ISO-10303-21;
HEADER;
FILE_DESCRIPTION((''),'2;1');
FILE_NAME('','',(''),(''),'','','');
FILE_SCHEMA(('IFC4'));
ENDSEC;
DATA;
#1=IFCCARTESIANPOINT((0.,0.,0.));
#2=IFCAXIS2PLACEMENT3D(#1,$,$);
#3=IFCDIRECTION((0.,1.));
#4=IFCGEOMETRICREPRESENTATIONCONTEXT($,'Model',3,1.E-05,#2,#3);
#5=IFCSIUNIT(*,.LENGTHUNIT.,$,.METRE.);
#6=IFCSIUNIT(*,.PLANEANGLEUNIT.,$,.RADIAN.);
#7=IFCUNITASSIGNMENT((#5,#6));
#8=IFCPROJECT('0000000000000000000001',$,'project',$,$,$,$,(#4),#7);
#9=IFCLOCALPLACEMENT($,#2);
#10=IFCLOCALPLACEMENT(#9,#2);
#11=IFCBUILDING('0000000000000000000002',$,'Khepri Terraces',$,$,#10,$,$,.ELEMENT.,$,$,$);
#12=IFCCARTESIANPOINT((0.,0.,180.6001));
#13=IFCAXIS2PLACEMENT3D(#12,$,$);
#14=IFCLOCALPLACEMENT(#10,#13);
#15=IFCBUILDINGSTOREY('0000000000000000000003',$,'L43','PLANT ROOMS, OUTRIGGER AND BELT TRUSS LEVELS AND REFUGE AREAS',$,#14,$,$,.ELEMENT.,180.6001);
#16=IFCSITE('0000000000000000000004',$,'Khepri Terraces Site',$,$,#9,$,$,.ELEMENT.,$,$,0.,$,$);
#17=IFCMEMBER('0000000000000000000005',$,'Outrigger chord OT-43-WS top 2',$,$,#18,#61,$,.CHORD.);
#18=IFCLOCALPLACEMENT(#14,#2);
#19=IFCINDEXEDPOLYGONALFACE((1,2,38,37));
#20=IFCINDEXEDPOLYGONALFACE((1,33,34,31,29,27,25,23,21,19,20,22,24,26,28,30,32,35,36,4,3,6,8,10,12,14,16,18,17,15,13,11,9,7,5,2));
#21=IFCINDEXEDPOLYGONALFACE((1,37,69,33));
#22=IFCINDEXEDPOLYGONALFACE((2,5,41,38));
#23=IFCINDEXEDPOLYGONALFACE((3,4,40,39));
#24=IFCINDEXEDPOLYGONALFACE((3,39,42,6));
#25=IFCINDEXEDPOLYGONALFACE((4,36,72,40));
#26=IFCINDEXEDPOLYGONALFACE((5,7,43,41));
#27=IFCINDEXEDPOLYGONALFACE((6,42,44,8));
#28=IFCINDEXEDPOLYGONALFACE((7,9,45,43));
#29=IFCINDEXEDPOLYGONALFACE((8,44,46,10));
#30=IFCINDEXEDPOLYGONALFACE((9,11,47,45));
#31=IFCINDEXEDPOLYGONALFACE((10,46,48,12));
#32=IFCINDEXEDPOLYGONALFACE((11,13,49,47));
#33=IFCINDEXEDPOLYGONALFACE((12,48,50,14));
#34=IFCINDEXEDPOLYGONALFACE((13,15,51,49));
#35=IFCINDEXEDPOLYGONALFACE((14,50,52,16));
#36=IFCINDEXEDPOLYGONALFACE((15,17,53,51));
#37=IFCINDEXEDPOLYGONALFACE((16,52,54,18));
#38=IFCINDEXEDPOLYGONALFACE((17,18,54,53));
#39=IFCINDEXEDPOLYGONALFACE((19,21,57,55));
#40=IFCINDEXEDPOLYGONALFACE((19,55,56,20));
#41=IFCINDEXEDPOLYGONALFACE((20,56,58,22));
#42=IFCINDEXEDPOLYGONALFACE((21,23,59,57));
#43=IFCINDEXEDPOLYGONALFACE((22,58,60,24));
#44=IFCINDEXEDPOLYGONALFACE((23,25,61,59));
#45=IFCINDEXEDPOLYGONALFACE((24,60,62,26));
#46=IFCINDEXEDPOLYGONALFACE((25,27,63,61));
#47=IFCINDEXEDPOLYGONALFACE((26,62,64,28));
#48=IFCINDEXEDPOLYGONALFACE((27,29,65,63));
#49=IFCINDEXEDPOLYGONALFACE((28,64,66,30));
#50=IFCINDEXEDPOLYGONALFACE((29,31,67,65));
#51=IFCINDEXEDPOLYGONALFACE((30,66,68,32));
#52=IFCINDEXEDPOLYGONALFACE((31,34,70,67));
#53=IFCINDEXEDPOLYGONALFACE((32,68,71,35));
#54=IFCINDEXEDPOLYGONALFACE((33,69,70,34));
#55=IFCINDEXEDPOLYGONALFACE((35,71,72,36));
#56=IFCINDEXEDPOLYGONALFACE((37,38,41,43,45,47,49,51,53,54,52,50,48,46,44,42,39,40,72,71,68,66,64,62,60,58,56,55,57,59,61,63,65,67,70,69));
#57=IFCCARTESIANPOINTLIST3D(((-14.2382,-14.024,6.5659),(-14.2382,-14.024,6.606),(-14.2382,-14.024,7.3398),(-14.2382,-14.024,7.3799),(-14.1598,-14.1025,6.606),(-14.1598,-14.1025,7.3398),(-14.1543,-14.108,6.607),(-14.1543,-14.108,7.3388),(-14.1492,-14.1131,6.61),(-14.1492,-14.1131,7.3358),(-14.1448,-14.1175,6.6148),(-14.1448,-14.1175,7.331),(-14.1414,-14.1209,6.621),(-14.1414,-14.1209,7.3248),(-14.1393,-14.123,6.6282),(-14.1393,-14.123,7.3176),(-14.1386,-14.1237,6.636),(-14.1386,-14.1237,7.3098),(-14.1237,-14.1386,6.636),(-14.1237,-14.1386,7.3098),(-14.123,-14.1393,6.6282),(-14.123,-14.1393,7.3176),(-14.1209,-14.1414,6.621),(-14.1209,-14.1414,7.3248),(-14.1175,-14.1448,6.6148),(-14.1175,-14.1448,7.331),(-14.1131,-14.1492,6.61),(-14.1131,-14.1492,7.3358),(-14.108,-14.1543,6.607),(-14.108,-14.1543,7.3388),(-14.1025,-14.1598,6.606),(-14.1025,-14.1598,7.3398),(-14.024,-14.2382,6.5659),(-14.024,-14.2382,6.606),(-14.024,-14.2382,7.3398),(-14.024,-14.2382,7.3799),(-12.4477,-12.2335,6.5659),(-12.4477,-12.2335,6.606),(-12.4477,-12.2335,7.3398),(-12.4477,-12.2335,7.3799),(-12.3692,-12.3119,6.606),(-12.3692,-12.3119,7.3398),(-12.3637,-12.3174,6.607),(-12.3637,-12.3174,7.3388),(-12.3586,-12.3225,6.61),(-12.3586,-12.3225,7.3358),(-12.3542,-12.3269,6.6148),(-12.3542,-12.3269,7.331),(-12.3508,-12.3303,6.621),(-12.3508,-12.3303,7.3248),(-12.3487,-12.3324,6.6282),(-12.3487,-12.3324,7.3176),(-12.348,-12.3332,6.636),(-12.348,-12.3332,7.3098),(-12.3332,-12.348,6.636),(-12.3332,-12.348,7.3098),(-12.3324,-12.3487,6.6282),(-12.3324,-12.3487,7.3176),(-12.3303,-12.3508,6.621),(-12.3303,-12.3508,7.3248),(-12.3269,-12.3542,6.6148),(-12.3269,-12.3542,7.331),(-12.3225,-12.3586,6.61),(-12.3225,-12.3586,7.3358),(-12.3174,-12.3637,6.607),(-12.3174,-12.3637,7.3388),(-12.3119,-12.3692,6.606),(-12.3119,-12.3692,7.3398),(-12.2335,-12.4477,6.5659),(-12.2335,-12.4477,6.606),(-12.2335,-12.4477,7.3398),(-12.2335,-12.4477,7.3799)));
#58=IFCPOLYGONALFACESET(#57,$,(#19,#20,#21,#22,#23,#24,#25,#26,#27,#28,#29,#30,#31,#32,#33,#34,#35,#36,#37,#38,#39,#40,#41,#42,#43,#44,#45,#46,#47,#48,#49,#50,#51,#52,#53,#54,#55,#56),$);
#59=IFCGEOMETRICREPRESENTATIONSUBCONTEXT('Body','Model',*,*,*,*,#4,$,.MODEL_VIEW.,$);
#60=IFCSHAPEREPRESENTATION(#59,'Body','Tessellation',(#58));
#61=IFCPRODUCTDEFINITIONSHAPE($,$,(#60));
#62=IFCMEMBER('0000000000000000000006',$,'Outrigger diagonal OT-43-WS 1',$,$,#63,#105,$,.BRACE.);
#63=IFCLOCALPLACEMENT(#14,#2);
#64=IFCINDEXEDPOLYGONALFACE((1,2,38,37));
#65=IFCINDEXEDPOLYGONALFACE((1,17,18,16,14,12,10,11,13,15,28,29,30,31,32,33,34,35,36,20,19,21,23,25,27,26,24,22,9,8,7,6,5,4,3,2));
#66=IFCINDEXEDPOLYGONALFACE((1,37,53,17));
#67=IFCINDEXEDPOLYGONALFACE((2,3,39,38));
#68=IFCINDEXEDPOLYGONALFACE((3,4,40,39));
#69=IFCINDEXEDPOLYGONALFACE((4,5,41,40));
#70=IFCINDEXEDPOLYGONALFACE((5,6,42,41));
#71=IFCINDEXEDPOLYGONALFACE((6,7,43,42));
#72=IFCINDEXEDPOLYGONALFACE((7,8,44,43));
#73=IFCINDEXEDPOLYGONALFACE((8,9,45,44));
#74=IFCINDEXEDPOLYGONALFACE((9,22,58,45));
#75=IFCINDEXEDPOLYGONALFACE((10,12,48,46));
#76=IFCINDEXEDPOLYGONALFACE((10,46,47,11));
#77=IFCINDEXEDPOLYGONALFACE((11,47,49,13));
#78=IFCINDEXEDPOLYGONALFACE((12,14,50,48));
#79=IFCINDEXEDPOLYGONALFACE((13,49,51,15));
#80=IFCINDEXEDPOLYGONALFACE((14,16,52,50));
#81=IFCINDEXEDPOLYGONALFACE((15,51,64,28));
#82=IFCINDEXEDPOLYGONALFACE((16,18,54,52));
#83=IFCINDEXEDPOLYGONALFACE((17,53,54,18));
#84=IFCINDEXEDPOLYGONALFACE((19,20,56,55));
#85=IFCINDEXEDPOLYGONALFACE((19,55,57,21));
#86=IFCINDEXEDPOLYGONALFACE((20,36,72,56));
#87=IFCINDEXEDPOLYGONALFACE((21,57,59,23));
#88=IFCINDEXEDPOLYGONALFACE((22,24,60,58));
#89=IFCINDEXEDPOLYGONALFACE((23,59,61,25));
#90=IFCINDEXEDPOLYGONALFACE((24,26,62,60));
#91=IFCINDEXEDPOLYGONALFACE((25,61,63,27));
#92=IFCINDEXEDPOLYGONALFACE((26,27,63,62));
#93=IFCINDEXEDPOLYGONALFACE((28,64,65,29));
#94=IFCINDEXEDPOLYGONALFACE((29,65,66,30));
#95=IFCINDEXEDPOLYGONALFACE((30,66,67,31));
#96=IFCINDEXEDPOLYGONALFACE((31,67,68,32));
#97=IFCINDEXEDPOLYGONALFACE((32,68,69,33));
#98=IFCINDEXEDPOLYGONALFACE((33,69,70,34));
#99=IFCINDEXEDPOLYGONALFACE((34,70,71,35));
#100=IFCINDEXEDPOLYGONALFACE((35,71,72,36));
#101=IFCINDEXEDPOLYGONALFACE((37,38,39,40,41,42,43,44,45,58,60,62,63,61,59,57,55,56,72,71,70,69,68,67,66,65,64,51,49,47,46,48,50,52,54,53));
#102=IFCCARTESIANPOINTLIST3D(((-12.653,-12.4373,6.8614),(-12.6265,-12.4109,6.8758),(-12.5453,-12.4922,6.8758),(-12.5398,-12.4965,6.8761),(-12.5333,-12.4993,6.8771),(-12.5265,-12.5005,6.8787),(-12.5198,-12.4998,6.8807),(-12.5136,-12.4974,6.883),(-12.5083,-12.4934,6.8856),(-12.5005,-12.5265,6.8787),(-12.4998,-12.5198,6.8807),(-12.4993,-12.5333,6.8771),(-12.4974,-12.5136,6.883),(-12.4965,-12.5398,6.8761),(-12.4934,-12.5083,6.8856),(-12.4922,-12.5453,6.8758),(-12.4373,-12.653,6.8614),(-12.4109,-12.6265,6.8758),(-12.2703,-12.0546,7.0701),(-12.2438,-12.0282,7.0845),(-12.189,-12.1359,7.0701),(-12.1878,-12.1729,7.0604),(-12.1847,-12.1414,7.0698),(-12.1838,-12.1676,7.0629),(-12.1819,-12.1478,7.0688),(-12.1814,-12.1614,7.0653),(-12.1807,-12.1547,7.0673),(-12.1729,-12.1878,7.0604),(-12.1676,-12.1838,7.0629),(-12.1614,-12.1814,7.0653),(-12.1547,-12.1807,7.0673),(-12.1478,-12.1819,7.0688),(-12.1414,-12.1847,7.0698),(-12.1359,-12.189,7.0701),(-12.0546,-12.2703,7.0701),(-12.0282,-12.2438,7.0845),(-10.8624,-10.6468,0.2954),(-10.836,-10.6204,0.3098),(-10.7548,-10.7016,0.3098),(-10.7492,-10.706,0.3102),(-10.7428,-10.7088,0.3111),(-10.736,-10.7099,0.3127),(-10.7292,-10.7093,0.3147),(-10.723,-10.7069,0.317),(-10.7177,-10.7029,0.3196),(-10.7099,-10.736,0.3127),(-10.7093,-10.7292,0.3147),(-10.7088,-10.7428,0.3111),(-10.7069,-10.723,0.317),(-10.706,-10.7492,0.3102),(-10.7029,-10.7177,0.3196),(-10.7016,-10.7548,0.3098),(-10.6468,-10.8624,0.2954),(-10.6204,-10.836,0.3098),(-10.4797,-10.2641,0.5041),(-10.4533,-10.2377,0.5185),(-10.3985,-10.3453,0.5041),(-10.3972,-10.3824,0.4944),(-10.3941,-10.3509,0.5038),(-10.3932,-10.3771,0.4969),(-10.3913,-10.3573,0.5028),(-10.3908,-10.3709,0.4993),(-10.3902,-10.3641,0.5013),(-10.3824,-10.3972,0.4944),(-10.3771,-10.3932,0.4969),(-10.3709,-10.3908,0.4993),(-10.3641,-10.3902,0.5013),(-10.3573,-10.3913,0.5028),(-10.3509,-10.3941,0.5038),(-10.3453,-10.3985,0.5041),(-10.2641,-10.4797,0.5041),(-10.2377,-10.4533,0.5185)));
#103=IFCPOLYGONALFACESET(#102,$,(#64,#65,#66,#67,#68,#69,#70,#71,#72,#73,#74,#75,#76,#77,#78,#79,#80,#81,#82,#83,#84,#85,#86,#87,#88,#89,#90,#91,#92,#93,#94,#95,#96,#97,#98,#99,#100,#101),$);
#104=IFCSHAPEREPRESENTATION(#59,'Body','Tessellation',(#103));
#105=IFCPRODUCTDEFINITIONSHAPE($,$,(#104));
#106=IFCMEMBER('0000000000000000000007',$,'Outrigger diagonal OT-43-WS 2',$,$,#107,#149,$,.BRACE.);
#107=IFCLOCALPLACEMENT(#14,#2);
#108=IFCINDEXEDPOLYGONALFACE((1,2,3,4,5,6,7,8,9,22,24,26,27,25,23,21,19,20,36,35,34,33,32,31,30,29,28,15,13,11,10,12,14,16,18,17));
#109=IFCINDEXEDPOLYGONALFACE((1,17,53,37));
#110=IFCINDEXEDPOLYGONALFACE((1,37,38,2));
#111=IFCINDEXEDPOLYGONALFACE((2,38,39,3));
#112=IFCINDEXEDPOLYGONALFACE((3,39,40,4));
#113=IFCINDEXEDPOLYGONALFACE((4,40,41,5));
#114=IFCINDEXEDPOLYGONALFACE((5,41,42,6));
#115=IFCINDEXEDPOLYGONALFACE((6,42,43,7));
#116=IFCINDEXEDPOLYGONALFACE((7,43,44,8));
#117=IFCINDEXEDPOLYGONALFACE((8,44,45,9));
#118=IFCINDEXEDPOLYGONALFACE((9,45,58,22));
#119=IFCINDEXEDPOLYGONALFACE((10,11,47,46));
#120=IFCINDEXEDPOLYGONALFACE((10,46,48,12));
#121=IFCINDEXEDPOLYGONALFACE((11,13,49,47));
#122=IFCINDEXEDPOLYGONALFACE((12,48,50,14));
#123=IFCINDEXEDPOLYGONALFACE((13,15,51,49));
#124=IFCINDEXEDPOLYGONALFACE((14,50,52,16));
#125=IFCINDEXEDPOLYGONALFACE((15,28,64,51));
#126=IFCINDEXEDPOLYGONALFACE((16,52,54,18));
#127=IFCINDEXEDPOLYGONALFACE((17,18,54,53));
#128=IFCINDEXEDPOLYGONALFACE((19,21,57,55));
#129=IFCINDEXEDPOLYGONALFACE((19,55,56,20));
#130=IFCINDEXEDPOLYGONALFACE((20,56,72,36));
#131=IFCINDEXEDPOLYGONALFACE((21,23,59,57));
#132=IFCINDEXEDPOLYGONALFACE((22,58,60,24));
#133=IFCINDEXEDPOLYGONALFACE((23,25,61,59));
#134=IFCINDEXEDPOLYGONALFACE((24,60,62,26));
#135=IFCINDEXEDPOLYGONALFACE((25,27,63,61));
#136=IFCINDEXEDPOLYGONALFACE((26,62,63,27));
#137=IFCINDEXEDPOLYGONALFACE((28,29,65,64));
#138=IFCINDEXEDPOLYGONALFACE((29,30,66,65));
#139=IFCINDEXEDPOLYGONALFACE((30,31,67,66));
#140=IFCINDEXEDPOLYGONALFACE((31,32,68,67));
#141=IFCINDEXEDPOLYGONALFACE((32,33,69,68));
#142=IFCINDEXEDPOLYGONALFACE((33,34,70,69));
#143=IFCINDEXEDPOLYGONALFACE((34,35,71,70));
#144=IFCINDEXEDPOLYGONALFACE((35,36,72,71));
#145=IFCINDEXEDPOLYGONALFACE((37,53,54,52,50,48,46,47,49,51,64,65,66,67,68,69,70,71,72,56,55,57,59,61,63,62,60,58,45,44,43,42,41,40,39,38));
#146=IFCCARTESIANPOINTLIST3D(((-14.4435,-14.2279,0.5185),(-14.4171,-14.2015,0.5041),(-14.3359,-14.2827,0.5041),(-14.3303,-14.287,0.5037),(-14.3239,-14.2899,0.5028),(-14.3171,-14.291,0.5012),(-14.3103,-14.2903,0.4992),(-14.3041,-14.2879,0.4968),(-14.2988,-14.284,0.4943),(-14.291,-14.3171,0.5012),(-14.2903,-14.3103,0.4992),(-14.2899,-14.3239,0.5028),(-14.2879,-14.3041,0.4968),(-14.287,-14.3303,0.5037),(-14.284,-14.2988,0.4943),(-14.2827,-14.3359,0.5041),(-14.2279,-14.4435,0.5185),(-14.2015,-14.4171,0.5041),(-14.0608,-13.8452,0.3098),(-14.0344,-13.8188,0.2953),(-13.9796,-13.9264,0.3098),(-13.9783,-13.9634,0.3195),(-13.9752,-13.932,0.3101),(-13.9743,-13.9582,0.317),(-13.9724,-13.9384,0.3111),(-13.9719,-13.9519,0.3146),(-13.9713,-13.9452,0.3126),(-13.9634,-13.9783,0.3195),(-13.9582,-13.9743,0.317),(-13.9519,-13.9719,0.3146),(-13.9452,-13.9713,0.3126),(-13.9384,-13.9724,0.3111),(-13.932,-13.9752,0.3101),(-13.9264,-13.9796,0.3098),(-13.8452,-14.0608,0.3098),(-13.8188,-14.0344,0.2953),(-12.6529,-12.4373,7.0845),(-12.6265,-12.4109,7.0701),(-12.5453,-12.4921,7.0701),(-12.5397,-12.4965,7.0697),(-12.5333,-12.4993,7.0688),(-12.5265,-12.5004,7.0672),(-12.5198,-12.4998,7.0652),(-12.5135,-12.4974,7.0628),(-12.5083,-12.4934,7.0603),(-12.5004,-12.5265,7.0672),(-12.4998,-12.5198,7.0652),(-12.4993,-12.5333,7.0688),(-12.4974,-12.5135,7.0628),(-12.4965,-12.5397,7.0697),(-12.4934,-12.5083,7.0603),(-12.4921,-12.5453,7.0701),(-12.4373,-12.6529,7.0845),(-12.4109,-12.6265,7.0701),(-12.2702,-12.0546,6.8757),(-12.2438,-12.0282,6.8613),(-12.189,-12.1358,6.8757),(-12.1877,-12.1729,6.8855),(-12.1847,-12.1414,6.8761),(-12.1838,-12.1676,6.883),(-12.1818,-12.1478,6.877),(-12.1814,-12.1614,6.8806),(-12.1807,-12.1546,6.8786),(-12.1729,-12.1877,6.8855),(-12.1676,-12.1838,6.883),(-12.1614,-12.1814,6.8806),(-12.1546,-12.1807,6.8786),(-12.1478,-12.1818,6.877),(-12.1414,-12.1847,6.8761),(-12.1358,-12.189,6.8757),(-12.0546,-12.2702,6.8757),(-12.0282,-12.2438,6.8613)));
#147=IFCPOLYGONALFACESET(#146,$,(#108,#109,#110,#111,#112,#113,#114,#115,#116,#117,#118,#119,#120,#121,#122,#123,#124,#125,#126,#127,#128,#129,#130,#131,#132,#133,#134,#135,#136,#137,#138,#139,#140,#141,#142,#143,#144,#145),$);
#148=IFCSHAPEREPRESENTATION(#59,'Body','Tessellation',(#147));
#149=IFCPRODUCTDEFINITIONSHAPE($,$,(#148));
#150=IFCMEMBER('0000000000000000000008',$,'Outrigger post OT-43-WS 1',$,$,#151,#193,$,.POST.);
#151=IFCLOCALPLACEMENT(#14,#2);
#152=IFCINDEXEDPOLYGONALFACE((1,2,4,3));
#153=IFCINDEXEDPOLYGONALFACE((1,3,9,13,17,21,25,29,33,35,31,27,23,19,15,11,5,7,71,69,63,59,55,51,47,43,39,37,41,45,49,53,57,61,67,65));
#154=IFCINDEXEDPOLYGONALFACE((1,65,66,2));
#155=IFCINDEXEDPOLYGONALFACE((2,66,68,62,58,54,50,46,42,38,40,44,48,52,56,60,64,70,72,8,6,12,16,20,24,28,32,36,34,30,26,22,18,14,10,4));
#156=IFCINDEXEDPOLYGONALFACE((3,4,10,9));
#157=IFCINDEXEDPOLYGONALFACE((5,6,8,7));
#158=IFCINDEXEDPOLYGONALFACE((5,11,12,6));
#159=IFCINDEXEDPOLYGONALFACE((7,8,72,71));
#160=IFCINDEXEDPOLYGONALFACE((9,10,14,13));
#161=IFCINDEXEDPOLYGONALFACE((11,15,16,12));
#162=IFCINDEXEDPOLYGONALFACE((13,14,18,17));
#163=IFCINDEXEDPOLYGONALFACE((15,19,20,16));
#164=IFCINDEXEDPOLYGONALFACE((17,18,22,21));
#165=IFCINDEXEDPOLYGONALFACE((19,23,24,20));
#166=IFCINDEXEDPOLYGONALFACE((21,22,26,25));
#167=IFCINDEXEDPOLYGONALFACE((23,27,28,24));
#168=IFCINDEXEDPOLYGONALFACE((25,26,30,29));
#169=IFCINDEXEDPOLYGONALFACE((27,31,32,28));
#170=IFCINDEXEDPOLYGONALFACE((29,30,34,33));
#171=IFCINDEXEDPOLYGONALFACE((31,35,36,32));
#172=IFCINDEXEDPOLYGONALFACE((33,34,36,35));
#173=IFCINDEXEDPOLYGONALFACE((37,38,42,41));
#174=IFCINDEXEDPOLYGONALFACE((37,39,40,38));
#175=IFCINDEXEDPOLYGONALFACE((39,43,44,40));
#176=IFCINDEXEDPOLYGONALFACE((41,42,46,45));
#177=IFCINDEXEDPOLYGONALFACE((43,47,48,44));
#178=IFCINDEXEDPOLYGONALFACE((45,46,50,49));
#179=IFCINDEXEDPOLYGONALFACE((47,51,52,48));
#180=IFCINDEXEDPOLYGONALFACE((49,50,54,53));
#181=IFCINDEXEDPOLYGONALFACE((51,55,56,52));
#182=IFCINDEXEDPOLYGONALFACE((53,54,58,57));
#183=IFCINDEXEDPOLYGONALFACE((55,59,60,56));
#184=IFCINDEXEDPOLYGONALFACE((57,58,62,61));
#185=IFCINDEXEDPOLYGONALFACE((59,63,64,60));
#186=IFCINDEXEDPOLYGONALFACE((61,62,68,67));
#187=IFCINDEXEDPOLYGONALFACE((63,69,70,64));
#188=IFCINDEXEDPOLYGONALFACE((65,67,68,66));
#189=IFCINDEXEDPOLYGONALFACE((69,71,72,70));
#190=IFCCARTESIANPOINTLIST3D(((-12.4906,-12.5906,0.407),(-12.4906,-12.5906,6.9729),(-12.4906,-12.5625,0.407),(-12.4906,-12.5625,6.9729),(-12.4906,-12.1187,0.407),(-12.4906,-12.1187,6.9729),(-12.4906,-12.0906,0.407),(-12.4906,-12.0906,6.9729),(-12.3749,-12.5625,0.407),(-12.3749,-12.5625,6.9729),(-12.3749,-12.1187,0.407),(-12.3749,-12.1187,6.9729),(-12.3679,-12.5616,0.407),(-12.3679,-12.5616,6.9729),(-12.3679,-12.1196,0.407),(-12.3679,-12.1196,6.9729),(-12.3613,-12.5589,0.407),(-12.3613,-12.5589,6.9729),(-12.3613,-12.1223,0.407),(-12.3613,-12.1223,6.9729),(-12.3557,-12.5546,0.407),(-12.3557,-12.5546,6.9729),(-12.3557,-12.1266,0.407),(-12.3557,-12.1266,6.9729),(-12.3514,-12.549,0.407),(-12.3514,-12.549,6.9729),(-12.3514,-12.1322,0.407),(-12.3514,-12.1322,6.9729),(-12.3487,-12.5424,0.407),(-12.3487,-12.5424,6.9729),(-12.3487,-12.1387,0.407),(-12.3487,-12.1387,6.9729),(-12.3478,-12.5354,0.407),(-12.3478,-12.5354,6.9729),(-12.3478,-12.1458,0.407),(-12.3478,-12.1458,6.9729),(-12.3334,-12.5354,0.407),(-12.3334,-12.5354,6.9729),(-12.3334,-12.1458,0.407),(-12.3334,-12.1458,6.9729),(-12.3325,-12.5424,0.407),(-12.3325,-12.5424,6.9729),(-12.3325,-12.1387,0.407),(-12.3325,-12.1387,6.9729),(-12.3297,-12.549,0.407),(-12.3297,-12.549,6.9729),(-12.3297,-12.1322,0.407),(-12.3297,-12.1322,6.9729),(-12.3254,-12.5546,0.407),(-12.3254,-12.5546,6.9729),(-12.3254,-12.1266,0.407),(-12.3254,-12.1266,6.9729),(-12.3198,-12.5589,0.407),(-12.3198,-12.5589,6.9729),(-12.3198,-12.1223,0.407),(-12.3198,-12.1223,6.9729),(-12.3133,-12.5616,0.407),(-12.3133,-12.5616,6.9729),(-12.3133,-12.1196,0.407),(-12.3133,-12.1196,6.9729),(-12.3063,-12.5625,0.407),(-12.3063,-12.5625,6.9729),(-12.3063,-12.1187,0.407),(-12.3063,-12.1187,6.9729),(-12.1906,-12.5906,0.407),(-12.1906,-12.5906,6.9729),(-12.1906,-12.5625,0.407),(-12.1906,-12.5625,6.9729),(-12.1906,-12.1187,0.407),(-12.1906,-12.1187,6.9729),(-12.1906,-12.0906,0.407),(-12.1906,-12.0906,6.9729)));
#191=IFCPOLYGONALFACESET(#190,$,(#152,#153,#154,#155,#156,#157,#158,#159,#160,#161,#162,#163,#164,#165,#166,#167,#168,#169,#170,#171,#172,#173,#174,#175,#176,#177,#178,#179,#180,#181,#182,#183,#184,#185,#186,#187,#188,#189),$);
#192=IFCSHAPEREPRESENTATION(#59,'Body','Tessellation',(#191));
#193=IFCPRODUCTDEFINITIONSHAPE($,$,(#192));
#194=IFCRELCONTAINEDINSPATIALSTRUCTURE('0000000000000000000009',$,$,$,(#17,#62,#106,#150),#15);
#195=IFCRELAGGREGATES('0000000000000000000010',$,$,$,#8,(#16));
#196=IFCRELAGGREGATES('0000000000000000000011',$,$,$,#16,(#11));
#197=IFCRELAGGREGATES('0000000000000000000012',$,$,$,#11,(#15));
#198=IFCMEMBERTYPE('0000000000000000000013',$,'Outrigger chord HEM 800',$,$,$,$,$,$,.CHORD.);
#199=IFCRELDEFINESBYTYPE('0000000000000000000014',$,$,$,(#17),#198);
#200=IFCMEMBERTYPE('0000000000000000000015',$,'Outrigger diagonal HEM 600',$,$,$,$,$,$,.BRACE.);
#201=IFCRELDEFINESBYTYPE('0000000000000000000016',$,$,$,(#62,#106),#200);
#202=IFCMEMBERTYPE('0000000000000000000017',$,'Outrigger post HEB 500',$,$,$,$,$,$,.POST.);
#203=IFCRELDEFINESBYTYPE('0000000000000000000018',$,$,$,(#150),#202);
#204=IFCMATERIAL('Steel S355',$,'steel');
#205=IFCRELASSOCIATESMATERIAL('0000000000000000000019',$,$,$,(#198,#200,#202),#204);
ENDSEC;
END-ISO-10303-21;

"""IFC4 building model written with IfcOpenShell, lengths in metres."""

from ifc_helpers import new_model, si_unit, direction, frame, origin, origin_2d, place, context, subcontext, project, spatial, i_section, extrude, material, material_profile, profile_set, type_object, element, save


model = new_model("IFC4")

# Units and contexts
model_context = context("Model", 3, precision=1e-05, world=origin(), true_north=direction((0.0, 1.0)))
body_context = subcontext(model_context, "Body", "Model", "MODEL_VIEW")
ifc_project = project(units=[si_unit("LENGTHUNIT", "METRE"), si_unit("PLANEANGLEUNIT", "RADIAN")], contexts=[model_context])

# Site, building, storey
site_placement = place(None, origin())
site = spatial("IfcSite", under=ifc_project, at=site_placement, Name="Khepri Terraces Site", CompositionType="ELEMENT", RefElevation=0.0)
building_placement = place(site_placement, origin())
building = spatial("IfcBuilding", under=site, at=building_placement, Name="Khepri Terraces", CompositionType="ELEMENT")
storey_placement = place(building_placement, frame((0.0, 0.0, 180.6001)))
storey = spatial("IfcBuildingStorey", under=building, at=storey_placement, Name="L43", Description="PLANT ROOMS, OUTRIGGER AND BELT TRUSS LEVELS AND REFUGE AREAS", CompositionType="ELEMENT", Elevation=180.6001)

# Members
ifc_material_1 = material(Name="Steel S355", Category="steel")
ifc_material_profile_1 = material_profile(ifc_material_1, i_section(OverallWidth=0.303, OverallDepth=0.814, WebThickness=0.021, FlangeThickness=0.04, FilletRadius=0.03, at=origin_2d()), Name="Steel S355", Category="steel")
ifc_profile_set_1 = profile_set([ifc_material_profile_1], Name="Steel S355")
member_type_1 = type_object("IfcMemberType", Name="Outrigger chord HEM 800", PredefinedType="CHORD", material=ifc_profile_set_1)
for number, where, z_axis, x_axis, name in (
    (1, (-12.3406, -12.3406, 6.9729), (-0.707107, -0.707107, 0.0), (0.707107, -0.707107, 0.0), "Outrigger chord OT-43-WS top 2"),
):
    element("IfcMember", number, at=place(storey_placement, frame(where, z_axis=z_axis, x_axis=x_axis)), inside=storey, type_object=member_type_1, Name=name, PredefinedType="CHORD", context=body_context, shape_type="SweptSolid", body=[
        extrude(i_section(OverallWidth=0.303, OverallDepth=0.814, WebThickness=0.021, FlangeThickness=0.04, FilletRadius=0.03, at=origin_2d()), origin(), (0.0, 0.0, 1.0), 2.5322),
    ])
ifc_material_profile_2 = material_profile(ifc_material_1, i_section(OverallWidth=0.3049, OverallDepth=0.6201, WebThickness=0.021, FlangeThickness=0.04, FilletRadius=0.0271, at=origin_2d()), Name="Steel S355", Category="steel")
ifc_profile_set_2 = profile_set([ifc_material_profile_2], Name="Steel S355")
member_type_2 = type_object("IfcMemberType", Name="Outrigger diagonal HEM 600", PredefinedType="BRACE", material=ifc_profile_set_2)
for number, where, z_axis, x_axis, name in (
    (2, (-10.55, -10.55, 0.407), (-0.254435, -0.254435, 0.93302), (0.707107, -0.707107, 0.0), "Outrigger diagonal OT-43-WS 1"),
    (3, (-12.3406, -12.3406, 6.9729), (-0.254435, -0.254435, -0.93302), (0.707107, -0.707107, 0.0), "Outrigger diagonal OT-43-WS 2"),
):
    element("IfcMember", number, at=place(storey_placement, frame(where, z_axis=z_axis, x_axis=x_axis)), inside=storey, type_object=member_type_2, Name=name, PredefinedType="BRACE", context=body_context, shape_type="SweptSolid", body=[
        extrude(i_section(OverallWidth=0.3049, OverallDepth=0.6201, WebThickness=0.021, FlangeThickness=0.04, FilletRadius=0.0271, at=origin_2d()), origin(), (0.0, 0.0, 1.0), 7.0374),
    ])
ifc_material_profile_3 = material_profile(ifc_material_1, i_section(OverallWidth=0.3, OverallDepth=0.5, WebThickness=0.0144, FlangeThickness=0.0281, FilletRadius=0.0271, at=origin_2d()), Name="Steel S355", Category="steel")
ifc_profile_set_3 = profile_set([ifc_material_profile_3], Name="Steel S355")
member_type_3 = type_object("IfcMemberType", Name="Outrigger post HEB 500", PredefinedType="POST", material=ifc_profile_set_3)
for number, where, z_axis, x_axis, name in (
    (4, (-12.3406, -12.3406, 0.407), (0.0, 0.0, 1.0), (1.0, 0.0, 0.0), "Outrigger post OT-43-WS 1"),
):
    element("IfcMember", number, at=place(storey_placement, frame(where, z_axis=z_axis, x_axis=x_axis)), inside=storey, type_object=member_type_3, Name=name, PredefinedType="POST", context=body_context, shape_type="SweptSolid", body=[
        extrude(i_section(OverallWidth=0.3, OverallDepth=0.5, WebThickness=0.0144, FlangeThickness=0.0281, FilletRadius=0.0271, at=origin_2d()), origin(), (0.0, 0.0, 1.0), 6.5659),
    ])

save(model, "model.ifc")
